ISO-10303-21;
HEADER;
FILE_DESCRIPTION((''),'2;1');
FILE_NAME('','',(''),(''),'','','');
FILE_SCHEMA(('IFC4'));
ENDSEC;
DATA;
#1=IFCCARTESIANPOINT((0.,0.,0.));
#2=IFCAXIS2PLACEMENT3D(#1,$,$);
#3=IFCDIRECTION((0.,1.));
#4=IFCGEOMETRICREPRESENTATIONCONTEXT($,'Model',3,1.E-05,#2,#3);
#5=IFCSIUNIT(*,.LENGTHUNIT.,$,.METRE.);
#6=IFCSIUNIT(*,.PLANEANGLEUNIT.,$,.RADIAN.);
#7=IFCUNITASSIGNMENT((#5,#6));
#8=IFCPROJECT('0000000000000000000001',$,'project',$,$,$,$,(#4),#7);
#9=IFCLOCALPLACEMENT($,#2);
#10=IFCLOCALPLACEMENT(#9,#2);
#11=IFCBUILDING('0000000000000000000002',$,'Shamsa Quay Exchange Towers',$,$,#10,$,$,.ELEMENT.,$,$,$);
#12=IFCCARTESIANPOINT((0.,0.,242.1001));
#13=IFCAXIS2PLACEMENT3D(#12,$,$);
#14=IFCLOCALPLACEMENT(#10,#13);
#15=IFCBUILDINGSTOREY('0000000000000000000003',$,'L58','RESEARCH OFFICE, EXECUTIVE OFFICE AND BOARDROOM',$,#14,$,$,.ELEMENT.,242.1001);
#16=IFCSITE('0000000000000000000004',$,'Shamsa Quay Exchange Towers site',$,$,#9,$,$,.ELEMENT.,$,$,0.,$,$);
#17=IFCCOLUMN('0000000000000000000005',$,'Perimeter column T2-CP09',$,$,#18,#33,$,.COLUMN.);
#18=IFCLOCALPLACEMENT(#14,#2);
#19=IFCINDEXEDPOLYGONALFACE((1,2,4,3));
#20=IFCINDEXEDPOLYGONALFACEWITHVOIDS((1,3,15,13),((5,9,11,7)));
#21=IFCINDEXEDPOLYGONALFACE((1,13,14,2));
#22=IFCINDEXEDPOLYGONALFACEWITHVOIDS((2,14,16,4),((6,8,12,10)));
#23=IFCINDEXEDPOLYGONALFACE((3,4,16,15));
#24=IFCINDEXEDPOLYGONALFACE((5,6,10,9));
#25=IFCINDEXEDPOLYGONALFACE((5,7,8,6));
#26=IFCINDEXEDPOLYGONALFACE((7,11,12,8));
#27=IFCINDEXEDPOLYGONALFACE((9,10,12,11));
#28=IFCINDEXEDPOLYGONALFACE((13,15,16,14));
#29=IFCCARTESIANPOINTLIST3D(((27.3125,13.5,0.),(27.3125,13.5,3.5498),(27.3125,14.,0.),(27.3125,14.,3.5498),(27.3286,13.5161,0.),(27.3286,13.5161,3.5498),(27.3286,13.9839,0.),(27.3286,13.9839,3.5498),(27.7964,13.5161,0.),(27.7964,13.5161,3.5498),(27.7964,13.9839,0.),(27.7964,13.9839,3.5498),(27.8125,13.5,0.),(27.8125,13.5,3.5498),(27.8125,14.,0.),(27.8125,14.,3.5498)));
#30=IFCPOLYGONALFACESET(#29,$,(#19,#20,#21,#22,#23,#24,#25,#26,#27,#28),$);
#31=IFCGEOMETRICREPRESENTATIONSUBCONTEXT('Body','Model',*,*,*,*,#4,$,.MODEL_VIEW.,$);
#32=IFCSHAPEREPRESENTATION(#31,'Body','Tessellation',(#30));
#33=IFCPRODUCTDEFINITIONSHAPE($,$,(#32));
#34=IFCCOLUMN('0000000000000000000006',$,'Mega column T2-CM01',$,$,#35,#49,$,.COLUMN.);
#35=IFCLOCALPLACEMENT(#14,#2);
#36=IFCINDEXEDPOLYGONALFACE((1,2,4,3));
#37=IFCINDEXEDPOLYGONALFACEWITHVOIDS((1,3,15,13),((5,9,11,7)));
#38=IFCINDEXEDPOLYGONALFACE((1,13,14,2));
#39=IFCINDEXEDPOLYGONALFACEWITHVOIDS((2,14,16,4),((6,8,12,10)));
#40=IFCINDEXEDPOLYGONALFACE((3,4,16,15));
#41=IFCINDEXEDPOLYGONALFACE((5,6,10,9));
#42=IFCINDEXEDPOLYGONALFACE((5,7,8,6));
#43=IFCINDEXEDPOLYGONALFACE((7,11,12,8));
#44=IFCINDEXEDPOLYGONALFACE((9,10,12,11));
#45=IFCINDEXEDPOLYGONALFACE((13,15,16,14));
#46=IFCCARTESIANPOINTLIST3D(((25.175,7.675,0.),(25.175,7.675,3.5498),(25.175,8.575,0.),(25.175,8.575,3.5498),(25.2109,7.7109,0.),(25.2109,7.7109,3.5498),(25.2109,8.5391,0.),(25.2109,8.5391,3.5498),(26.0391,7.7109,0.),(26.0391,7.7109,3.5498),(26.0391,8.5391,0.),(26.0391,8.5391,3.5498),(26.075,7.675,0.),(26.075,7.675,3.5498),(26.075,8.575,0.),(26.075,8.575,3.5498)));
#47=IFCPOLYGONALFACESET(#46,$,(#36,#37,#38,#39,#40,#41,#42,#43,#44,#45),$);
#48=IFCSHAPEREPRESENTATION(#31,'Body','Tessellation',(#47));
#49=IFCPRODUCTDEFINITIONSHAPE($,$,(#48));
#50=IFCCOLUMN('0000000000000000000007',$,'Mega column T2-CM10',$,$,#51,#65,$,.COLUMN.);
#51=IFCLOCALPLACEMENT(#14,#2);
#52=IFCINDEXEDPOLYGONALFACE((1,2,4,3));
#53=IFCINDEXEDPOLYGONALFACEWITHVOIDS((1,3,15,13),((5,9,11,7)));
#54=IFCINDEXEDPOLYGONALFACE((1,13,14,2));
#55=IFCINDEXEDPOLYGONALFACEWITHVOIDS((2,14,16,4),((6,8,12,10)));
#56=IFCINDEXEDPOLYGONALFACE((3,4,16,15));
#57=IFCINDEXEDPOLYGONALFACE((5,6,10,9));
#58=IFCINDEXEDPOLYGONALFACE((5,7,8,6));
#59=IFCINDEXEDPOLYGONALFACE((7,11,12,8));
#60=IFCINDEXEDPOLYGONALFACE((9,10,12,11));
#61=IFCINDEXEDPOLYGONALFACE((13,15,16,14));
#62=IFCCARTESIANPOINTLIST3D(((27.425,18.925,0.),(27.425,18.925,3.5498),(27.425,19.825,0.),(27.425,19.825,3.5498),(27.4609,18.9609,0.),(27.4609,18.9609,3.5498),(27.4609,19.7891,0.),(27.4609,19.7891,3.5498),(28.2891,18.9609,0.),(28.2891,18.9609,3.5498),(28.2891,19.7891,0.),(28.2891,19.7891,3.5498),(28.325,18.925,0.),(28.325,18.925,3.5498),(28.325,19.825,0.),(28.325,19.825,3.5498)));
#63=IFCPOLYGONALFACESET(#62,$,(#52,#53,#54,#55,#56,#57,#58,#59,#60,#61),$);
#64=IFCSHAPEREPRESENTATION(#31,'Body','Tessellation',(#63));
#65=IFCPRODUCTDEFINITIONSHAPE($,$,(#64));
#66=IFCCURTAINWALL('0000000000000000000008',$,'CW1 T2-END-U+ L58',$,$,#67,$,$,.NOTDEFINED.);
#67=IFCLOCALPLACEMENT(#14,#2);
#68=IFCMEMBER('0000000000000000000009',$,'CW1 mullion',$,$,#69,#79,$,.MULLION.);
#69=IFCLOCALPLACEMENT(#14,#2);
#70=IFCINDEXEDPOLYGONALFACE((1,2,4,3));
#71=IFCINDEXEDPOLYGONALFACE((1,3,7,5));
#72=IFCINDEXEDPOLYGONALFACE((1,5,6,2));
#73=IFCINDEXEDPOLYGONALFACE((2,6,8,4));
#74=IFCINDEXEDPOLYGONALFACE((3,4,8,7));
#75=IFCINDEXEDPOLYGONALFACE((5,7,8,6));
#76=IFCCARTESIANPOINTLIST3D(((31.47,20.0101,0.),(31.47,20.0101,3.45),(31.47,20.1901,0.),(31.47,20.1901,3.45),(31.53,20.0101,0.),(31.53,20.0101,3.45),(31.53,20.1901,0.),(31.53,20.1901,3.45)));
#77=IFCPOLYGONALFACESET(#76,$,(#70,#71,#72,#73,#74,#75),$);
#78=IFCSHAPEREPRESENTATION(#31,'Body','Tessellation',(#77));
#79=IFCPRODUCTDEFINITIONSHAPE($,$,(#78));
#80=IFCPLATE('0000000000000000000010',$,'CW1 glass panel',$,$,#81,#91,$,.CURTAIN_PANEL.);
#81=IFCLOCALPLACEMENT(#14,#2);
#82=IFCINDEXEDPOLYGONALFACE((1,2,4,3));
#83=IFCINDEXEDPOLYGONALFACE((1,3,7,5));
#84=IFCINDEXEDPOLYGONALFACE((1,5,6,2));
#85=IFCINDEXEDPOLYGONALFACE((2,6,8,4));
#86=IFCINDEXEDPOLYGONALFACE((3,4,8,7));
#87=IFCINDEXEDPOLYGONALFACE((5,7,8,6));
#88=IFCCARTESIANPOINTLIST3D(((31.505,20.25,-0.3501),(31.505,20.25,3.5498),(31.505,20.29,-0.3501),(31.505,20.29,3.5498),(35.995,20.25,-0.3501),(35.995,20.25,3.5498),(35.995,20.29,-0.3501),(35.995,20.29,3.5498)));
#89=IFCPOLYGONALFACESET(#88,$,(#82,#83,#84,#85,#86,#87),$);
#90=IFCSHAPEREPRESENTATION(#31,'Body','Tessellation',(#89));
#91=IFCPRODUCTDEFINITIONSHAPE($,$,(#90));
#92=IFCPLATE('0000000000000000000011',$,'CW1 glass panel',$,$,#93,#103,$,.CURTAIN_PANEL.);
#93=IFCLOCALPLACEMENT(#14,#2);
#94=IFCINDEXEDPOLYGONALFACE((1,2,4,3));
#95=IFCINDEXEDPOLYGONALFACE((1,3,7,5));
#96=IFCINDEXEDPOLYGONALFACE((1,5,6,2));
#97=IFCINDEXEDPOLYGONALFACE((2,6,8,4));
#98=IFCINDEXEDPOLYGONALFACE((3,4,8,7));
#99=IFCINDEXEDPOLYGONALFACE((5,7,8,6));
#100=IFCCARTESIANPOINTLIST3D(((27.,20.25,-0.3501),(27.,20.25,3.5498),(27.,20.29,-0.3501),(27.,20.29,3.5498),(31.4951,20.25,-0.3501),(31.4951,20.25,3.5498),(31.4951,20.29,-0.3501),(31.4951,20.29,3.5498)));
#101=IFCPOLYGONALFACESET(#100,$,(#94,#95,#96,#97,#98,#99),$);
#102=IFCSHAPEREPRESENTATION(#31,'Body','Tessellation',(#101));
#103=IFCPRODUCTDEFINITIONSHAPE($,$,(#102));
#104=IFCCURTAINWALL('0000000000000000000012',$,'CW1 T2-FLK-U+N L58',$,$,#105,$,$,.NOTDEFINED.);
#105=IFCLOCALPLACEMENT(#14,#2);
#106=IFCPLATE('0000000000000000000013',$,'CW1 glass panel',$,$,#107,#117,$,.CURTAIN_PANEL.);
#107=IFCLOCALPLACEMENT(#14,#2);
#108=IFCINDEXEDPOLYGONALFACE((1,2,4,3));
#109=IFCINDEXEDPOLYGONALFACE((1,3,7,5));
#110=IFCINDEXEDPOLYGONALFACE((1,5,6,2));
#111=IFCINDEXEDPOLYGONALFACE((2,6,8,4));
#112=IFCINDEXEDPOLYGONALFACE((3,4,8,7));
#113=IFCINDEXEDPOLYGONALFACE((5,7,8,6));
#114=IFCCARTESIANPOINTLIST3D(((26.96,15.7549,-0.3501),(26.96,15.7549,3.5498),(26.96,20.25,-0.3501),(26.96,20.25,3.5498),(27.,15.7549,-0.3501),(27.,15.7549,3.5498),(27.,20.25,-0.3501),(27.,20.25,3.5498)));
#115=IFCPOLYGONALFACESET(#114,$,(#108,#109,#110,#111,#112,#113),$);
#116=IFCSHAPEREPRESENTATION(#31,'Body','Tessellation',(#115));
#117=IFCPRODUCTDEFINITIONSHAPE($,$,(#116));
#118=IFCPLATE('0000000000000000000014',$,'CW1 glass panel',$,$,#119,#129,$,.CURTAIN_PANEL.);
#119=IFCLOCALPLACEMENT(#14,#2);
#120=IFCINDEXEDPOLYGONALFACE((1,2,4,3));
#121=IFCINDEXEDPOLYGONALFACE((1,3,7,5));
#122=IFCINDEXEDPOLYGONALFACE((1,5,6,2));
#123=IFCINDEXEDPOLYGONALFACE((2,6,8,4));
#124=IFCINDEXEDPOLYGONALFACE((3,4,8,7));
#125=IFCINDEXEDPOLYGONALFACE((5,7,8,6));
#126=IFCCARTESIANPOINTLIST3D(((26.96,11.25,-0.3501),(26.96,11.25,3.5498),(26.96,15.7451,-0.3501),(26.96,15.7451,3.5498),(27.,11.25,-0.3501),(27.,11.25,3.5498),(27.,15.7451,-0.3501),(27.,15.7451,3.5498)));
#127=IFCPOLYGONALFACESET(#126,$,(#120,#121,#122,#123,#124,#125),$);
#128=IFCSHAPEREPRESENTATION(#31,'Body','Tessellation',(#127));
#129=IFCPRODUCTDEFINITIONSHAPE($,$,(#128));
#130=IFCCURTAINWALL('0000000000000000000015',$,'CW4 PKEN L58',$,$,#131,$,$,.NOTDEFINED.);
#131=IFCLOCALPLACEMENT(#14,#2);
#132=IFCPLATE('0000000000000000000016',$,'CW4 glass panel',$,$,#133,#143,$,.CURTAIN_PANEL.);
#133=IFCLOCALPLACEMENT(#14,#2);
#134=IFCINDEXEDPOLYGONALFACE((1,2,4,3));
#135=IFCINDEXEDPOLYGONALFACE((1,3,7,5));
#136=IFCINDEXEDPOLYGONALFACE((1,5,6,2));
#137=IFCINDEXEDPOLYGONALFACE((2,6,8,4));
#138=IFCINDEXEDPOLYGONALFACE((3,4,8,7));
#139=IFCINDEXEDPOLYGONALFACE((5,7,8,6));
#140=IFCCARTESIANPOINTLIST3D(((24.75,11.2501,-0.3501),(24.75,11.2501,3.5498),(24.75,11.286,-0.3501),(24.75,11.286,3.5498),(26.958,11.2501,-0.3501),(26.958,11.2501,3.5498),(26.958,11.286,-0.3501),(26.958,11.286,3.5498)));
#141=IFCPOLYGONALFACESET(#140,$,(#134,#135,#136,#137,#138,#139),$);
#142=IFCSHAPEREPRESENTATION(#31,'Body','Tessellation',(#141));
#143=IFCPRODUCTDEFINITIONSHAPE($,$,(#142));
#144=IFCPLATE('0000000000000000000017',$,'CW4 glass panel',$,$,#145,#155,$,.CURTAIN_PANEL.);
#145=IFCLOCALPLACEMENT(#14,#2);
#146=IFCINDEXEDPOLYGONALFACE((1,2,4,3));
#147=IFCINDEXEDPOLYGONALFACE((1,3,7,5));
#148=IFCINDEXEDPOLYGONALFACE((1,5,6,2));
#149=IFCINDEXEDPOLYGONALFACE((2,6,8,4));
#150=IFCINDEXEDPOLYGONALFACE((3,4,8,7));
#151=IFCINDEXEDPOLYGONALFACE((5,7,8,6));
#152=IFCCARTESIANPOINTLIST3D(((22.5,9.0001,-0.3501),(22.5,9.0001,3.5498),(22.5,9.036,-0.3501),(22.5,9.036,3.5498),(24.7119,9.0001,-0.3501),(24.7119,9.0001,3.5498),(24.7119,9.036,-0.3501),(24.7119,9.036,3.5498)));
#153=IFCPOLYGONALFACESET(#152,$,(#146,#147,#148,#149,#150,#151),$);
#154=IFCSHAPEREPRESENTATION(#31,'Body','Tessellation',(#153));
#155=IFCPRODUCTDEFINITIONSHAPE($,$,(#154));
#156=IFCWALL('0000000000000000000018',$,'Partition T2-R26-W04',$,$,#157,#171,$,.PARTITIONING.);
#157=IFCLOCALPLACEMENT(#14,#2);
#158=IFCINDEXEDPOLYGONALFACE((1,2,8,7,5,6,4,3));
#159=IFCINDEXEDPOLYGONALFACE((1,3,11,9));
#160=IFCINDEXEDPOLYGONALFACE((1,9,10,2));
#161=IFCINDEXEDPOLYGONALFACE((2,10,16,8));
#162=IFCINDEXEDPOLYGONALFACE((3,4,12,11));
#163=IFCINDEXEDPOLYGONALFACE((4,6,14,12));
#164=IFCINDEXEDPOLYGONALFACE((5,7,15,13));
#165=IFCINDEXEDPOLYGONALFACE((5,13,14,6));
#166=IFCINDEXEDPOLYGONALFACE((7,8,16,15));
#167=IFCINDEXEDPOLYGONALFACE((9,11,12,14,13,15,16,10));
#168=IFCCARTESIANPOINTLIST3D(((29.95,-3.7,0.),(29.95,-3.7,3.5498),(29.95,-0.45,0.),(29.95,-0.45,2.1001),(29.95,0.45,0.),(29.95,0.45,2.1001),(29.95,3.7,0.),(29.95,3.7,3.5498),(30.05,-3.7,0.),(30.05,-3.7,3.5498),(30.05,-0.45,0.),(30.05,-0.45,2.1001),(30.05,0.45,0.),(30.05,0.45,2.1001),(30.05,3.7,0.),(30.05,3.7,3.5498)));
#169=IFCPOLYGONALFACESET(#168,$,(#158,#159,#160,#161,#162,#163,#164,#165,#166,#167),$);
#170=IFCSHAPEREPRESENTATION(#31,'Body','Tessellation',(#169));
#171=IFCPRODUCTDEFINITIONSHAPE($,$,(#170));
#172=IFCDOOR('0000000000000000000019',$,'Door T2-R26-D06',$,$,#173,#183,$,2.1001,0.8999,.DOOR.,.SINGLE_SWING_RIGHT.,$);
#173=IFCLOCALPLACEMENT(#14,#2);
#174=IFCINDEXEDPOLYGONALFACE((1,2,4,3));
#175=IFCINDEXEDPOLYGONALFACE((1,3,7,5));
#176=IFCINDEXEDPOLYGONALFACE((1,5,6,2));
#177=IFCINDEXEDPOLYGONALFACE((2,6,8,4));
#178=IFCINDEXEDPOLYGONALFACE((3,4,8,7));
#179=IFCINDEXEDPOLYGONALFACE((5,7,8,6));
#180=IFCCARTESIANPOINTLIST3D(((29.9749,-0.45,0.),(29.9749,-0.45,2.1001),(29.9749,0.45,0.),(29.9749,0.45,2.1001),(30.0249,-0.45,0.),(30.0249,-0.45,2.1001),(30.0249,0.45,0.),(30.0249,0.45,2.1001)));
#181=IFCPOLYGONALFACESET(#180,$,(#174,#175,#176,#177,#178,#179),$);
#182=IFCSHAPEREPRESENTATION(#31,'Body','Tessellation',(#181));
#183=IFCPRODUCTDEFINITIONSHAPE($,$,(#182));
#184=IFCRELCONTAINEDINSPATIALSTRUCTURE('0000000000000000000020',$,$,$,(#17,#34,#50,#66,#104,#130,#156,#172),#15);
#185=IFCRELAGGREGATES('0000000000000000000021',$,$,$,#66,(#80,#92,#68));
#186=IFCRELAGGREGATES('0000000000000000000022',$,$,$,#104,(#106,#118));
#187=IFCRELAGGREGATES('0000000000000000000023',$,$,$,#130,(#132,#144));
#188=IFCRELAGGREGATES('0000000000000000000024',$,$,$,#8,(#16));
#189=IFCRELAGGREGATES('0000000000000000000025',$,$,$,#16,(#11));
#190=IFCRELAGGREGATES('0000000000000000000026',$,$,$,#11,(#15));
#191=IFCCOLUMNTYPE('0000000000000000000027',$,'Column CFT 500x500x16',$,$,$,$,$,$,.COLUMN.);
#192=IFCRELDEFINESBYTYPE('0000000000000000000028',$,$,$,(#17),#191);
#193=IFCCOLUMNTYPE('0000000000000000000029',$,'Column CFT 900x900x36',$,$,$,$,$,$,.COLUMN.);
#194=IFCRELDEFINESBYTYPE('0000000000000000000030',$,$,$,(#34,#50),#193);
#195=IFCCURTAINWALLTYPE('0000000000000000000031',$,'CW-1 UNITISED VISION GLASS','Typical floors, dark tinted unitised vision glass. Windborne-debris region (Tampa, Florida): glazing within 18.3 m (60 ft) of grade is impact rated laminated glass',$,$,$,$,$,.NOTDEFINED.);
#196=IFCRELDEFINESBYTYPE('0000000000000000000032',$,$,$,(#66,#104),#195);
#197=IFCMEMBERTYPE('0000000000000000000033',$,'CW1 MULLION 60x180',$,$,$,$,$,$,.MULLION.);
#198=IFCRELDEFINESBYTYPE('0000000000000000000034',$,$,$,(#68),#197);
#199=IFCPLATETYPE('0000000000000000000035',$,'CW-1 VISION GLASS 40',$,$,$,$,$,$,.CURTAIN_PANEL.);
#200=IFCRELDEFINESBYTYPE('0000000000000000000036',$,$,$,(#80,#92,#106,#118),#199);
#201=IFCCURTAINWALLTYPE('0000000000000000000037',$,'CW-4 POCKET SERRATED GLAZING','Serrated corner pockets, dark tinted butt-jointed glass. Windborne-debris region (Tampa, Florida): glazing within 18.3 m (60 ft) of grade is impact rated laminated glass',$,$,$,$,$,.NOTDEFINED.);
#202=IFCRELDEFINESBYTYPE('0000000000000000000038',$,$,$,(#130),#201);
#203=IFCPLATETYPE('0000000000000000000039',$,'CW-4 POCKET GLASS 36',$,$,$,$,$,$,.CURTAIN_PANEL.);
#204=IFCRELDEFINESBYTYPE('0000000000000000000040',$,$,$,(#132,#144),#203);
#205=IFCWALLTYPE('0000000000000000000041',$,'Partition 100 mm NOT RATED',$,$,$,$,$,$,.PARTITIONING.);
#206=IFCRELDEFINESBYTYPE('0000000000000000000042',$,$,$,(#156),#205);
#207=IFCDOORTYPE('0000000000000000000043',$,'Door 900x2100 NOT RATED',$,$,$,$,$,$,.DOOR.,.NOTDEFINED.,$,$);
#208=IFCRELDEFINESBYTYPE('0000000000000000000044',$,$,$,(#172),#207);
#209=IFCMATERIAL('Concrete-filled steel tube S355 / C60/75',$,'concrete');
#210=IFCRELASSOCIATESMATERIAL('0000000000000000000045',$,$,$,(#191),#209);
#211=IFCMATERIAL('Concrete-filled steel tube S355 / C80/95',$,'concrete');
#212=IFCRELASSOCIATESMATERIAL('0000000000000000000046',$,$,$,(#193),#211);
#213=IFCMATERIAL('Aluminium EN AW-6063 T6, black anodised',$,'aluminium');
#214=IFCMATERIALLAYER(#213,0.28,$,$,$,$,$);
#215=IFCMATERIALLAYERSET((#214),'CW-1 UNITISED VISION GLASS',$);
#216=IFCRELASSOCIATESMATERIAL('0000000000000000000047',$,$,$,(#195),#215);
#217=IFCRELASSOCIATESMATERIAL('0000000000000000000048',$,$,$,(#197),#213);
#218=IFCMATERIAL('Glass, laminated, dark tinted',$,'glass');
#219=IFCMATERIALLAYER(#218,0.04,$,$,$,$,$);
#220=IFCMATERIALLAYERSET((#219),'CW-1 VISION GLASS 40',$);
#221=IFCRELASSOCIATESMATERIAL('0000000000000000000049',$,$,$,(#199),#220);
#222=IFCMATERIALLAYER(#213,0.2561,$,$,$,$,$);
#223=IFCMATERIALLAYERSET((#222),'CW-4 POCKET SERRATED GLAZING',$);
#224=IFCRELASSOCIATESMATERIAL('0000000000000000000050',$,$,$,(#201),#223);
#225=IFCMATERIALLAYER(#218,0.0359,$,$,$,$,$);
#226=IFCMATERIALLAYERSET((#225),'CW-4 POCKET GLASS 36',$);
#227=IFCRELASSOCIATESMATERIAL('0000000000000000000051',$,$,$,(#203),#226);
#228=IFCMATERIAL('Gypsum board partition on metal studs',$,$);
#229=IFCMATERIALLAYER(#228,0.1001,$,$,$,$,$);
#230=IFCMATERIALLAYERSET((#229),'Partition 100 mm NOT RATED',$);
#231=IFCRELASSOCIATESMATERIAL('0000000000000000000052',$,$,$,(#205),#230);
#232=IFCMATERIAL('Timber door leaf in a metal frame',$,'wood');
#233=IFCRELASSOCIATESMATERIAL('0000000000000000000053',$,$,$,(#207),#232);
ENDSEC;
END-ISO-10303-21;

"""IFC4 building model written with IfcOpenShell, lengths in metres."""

from ifc_helpers import new_model, si_unit, direction, frame, frame_2d, origin, origin_2d, place, context, subcontext, project, spatial, rectangle, hollow_rectangle, extrude, material, layer, layer_set, material_profile, profile_set, type_object, element, fill, aggregate, save


model = new_model("IFC4")

# Units and contexts
model_context = context("Model", 3, precision=1e-05, world=origin(), true_north=direction((0.0, 1.0)))
body_context = subcontext(model_context, "Body", "Model", "MODEL_VIEW")
ifc_project = project(units=[si_unit("LENGTHUNIT", "METRE"), si_unit("PLANEANGLEUNIT", "RADIAN")], contexts=[model_context])

# Site, building, storey
site_placement = place(None, origin())
site = spatial("IfcSite", under=ifc_project, at=site_placement, Name="Shamsa Quay Exchange Towers site", CompositionType="ELEMENT", RefElevation=0.0)
building_placement = place(site_placement, origin())
building = spatial("IfcBuilding", under=site, at=building_placement, Name="Shamsa Quay Exchange Towers", CompositionType="ELEMENT")
storey_placement = place(building_placement, frame((0.0, 0.0, 242.1001)))
storey = spatial("IfcBuildingStorey", under=building, at=storey_placement, Name="L58", Description="RESEARCH OFFICE, EXECUTIVE OFFICE AND BOARDROOM", CompositionType="ELEMENT", Elevation=242.1001)

# Columns
ifc_material_1 = material(Name="Concrete-filled steel tube S355 / C60/75", Category="concrete")
ifc_material_profile_1 = material_profile(ifc_material_1, hollow_rectangle(XDim=0.5, YDim=0.5, WallThickness=0.0161, at=origin_2d()), Name="CFT 500x500x16")
ifc_profile_set_1 = profile_set([ifc_material_profile_1], Name="Concrete-filled steel tube S355 / C60/75")
column_type_1 = type_object("IfcColumnType", Name="Column CFT 500x500x16", PredefinedType="COLUMN", material=ifc_profile_set_1)
column_placement = place(storey_placement, frame((27.5625, 13.75, 0.0)))
element("IfcColumn", 1, at=column_placement, inside=storey, type_object=column_type_1, Name="Perimeter column T2-CP09", PredefinedType="COLUMN", context=body_context, shape_type="SweptSolid", body=[
    extrude(hollow_rectangle(XDim=0.5, YDim=0.5, WallThickness=0.0161, at=origin_2d()), origin(), (0.0, 0.0, 1.0), 3.5498),
])
ifc_material_2 = material(Name="Concrete-filled steel tube S355 / C80/95", Category="concrete")
ifc_material_profile_2 = material_profile(ifc_material_2, hollow_rectangle(XDim=0.8999, YDim=0.8999, WallThickness=0.0359, at=origin_2d()), Name="CFT 900x900x36")
ifc_profile_set_2 = profile_set([ifc_material_profile_2], Name="Concrete-filled steel tube S355 / C80/95")
column_type_2 = type_object("IfcColumnType", Name="Column CFT 900x900x36", PredefinedType="COLUMN", material=ifc_profile_set_2)
for number, where, name in (
    (2, (25.625, 8.125, 0.0), "Mega column T2-CM01"),
    (3, (27.875, 19.375, 0.0), "Mega column T2-CM10"),
):
    element("IfcColumn", number, at=place(storey_placement, frame(where)), inside=storey, type_object=column_type_2, Name=name, PredefinedType="COLUMN", context=body_context, shape_type="SweptSolid", body=[
        extrude(hollow_rectangle(XDim=0.8999, YDim=0.8999, WallThickness=0.0359, at=origin_2d()), origin(), (0.0, 0.0, 1.0), 3.5498),
    ])

# Curtain wall, member, plates
ifc_material_3 = material(Name="Aluminium EN AW-6063 T6, black anodised", Category="aluminium")
ifc_layer_1 = layer(ifc_material_3, 0.28)
ifc_layer_set_1 = layer_set([ifc_layer_1], Name="CW-1 UNITISED VISION GLASS")
curtain_wall_type_1 = type_object("IfcCurtainWallType", Name="CW-1 UNITISED VISION GLASS", Description="Typical floors, dark tinted unitised vision glass. Windborne-debris region (Tampa, Florida): glazing within 18.3 m (60 ft) of grade is impact rated laminated glass", PredefinedType="NOTDEFINED", material=ifc_layer_set_1)
curtain_wall_1_placement = place(storey_placement, origin())
curtain_wall_1 = element("IfcCurtainWall", 4, at=curtain_wall_1_placement, inside=storey, type_object=curtain_wall_type_1, Name="CW1 T2-END-U+ L58", PredefinedType="NOTDEFINED")
ifc_material_profile_3 = material_profile(ifc_material_3, rectangle(XDim=0.1799, YDim=0.0601, at=origin_2d()), Name="MU60x180")
ifc_profile_set_3 = profile_set([ifc_material_profile_3], Name="Aluminium EN AW-6063 T6, black anodised")
member_type = type_object("IfcMemberType", Name="CW1 MULLION 60x180", PredefinedType="MULLION", material=ifc_profile_set_3)
member_placement = place(storey_placement, frame((31.5, 20.1001, 0.0), z_axis=(0.0, 0.0, 1.0), x_axis=(0.0, -1.0, 0.0)))
member = element("IfcMember", 5, at=member_placement, type_object=member_type, Name="CW1 mullion", PredefinedType="MULLION", context=body_context, shape_type="SweptSolid", body=[
    extrude(rectangle(XDim=0.1799, YDim=0.0601, at=origin_2d()), origin(), (0.0, 0.0, 1.0), 3.45),
])
ifc_material_4 = material(Name="Glass, laminated, dark tinted", Category="glass")
ifc_layer_2 = layer(ifc_material_4, 0.04)
ifc_layer_set_2 = layer_set([ifc_layer_2], Name="CW-1 VISION GLASS 40")
plate_type_1 = type_object("IfcPlateType", Name="CW-1 VISION GLASS 40", PredefinedType="CURTAIN_PANEL", material=ifc_layer_set_2)
plate_1_placement = place(storey_placement, frame((33.75, 20.27, -0.3501), z_axis=(0.0, 0.0, 1.0), x_axis=(-1.0, 0.0, 0.0)))
plate_1 = element("IfcPlate", 6, at=plate_1_placement, type_object=plate_type_1, Name="CW1 glass panel", PredefinedType="CURTAIN_PANEL", context=body_context, shape_type="SweptSolid", body=[
    extrude(rectangle(XDim=4.49, YDim=0.04, at=origin_2d()), origin(), (0.0, 0.0, 1.0), 3.8999),
])
plate_2_placement = place(storey_placement, frame((29.2476, 20.27, -0.3501), z_axis=(0.0, 0.0, 1.0), x_axis=(-1.0, 0.0, 0.0)))
plate_2 = element("IfcPlate", 7, at=plate_2_placement, type_object=plate_type_1, Name="CW1 glass panel", PredefinedType="CURTAIN_PANEL", context=body_context, shape_type="SweptSolid", body=[
    extrude(rectangle(XDim=4.4951, YDim=0.04, at=origin_2d()), origin(), (0.0, 0.0, 1.0), 3.8999),
])
aggregate(curtain_wall_1, [plate_1, plate_2, member])

# Curtain walls, plates
curtain_wall_2_placement = place(storey_placement, origin())
curtain_wall_2 = element("IfcCurtainWall", 8, at=curtain_wall_2_placement, inside=storey, type_object=curtain_wall_type_1, Name="CW1 T2-FLK-U+N L58", PredefinedType="NOTDEFINED")
plate_3_placement = place(storey_placement, frame((26.98, 18.0024, -0.3501), z_axis=(0.0, 0.0, 1.0), x_axis=(0.0, -1.0, 0.0)))
plate_3 = element("IfcPlate", 9, at=plate_3_placement, type_object=plate_type_1, Name="CW1 glass panel", PredefinedType="CURTAIN_PANEL", context=body_context, shape_type="SweptSolid", body=[
    extrude(rectangle(XDim=4.4951, YDim=0.04, at=origin_2d()), origin(), (0.0, 0.0, 1.0), 3.8999),
])
plate_4_placement = place(storey_placement, frame((26.98, 13.4976, -0.3501), z_axis=(0.0, 0.0, 1.0), x_axis=(0.0, -1.0, 0.0)))
plate_4 = element("IfcPlate", 10, at=plate_4_placement, type_object=plate_type_1, Name="CW1 glass panel", PredefinedType="CURTAIN_PANEL", context=body_context, shape_type="SweptSolid", body=[
    extrude(rectangle(XDim=4.4951, YDim=0.04, at=origin_2d()), origin(), (0.0, 0.0, 1.0), 3.8999),
])
aggregate(curtain_wall_2, [plate_3, plate_4])
ifc_layer_3 = layer(ifc_material_3, 0.2561)
ifc_layer_set_3 = layer_set([ifc_layer_3], Name="CW-4 POCKET SERRATED GLAZING")
curtain_wall_type_2 = type_object("IfcCurtainWallType", Name="CW-4 POCKET SERRATED GLAZING", Description="Serrated corner pockets, dark tinted butt-jointed glass. Windborne-debris region (Tampa, Florida): glazing within 18.3 m (60 ft) of grade is impact rated laminated glass", PredefinedType="NOTDEFINED", material=ifc_layer_set_3)
curtain_wall_3_placement = place(storey_placement, origin())
curtain_wall_3 = element("IfcCurtainWall", 11, at=curtain_wall_3_placement, inside=storey, type_object=curtain_wall_type_2, Name="CW4 PKEN L58", PredefinedType="NOTDEFINED")
ifc_layer_4 = layer(ifc_material_4, 0.0359)
ifc_layer_set_4 = layer_set([ifc_layer_4], Name="CW-4 POCKET GLASS 36")
plate_type_2 = type_object("IfcPlateType", Name="CW-4 POCKET GLASS 36", PredefinedType="CURTAIN_PANEL", material=ifc_layer_set_4)
plate_5_placement = place(storey_placement, frame((25.854, 11.2681, -0.3501), z_axis=(0.0, 0.0, 1.0), x_axis=(-1.0, 0.0, 0.0)))
plate_5 = element("IfcPlate", 12, at=plate_5_placement, type_object=plate_type_2, Name="CW4 glass panel", PredefinedType="CURTAIN_PANEL", context=body_context, shape_type="SweptSolid", body=[
    extrude(rectangle(XDim=2.208, YDim=0.0359, at=origin_2d()), origin(), (0.0, 0.0, 1.0), 3.8999),
])
plate_6_placement = place(storey_placement, frame((23.606, 9.0181, -0.3501), z_axis=(0.0, 0.0, 1.0), x_axis=(-1.0, 0.0, 0.0)))
plate_6 = element("IfcPlate", 13, at=plate_6_placement, type_object=plate_type_2, Name="CW4 glass panel", PredefinedType="CURTAIN_PANEL", context=body_context, shape_type="SweptSolid", body=[
    extrude(rectangle(XDim=2.2119, YDim=0.0359, at=origin_2d()), origin(), (0.0, 0.0, 1.0), 3.8999),
])
aggregate(curtain_wall_3, [plate_5, plate_6])

# Wall, opening, door
ifc_material_5 = material(Name="Gypsum board partition on metal studs")
ifc_layer_5 = layer(ifc_material_5, 0.1001)
ifc_layer_set_5 = layer_set([ifc_layer_5], Name="Partition 100 mm NOT RATED")
wall_type_1 = type_object("IfcWallType", Name="Partition 100 mm NOT RATED", PredefinedType="PARTITIONING", material=ifc_layer_set_5)
wall_1_placement = place(storey_placement, frame((30.0, 3.7, 0.0), z_axis=(0.0, 0.0, 1.0), x_axis=(0.0, -1.0, 0.0)))
wall_1 = element("IfcWall", 14, at=wall_1_placement, inside=storey, type_object=wall_type_1, Name="Partition T2-R26-W04", PredefinedType="PARTITIONING", context=body_context, shape_type="SweptSolid", body=[
    extrude(rectangle(XDim=7.3999, YDim=0.1001, at=frame_2d((3.7, 0.0))), origin(), (0.0, 0.0, 1.0), 3.5498),
])
opening_1_placement = place(wall_1_placement, frame((3.25, 0.0, 0.0)))
opening_1 = element("IfcOpeningElement", 15, at=opening_1_placement, cuts=wall_1, PredefinedType="OPENING", context=body_context, shape_type="SweptSolid", body=[
    extrude(rectangle(XDim=0.8999, YDim=2.1001, at=frame_2d((0.45, 1.05))), frame((0.0, 0.0601, 0.0), z_axis=(0.0, -1.0, 0.0), x_axis=(1.0, 0.0, 0.0)), (0.0, 0.0, 1.0), 0.1201),
])
ifc_material_6 = material(Name="Timber door leaf in a metal frame", Category="wood")
door_type_1 = type_object("IfcDoorType", Name="Door 900x2100 NOT RATED", OperationType="NOTDEFINED", PredefinedType="DOOR", material=ifc_material_6)
door_1_placement = place(opening_1_placement, origin())
door_1 = element("IfcDoor", 16, at=door_1_placement, inside=storey, type_object=door_type_1, Name="Door T2-R26-D06", OperationType="SINGLE_SWING_RIGHT", OverallHeight=2.1001, OverallWidth=0.8999, PredefinedType="DOOR", context=body_context, shape_type="SweptSolid", body=[
    extrude(rectangle(XDim=0.8999, YDim=2.1001, at=frame_2d((0.45, 1.05))), frame((0.0, 0.0249, 0.0), z_axis=(0.0, -1.0, 0.0), x_axis=(1.0, 0.0, 0.0)), (0.0, 0.0, 1.0), 0.05),
])
fill(opening_1, door_1)

save(model, "model.ifc")
